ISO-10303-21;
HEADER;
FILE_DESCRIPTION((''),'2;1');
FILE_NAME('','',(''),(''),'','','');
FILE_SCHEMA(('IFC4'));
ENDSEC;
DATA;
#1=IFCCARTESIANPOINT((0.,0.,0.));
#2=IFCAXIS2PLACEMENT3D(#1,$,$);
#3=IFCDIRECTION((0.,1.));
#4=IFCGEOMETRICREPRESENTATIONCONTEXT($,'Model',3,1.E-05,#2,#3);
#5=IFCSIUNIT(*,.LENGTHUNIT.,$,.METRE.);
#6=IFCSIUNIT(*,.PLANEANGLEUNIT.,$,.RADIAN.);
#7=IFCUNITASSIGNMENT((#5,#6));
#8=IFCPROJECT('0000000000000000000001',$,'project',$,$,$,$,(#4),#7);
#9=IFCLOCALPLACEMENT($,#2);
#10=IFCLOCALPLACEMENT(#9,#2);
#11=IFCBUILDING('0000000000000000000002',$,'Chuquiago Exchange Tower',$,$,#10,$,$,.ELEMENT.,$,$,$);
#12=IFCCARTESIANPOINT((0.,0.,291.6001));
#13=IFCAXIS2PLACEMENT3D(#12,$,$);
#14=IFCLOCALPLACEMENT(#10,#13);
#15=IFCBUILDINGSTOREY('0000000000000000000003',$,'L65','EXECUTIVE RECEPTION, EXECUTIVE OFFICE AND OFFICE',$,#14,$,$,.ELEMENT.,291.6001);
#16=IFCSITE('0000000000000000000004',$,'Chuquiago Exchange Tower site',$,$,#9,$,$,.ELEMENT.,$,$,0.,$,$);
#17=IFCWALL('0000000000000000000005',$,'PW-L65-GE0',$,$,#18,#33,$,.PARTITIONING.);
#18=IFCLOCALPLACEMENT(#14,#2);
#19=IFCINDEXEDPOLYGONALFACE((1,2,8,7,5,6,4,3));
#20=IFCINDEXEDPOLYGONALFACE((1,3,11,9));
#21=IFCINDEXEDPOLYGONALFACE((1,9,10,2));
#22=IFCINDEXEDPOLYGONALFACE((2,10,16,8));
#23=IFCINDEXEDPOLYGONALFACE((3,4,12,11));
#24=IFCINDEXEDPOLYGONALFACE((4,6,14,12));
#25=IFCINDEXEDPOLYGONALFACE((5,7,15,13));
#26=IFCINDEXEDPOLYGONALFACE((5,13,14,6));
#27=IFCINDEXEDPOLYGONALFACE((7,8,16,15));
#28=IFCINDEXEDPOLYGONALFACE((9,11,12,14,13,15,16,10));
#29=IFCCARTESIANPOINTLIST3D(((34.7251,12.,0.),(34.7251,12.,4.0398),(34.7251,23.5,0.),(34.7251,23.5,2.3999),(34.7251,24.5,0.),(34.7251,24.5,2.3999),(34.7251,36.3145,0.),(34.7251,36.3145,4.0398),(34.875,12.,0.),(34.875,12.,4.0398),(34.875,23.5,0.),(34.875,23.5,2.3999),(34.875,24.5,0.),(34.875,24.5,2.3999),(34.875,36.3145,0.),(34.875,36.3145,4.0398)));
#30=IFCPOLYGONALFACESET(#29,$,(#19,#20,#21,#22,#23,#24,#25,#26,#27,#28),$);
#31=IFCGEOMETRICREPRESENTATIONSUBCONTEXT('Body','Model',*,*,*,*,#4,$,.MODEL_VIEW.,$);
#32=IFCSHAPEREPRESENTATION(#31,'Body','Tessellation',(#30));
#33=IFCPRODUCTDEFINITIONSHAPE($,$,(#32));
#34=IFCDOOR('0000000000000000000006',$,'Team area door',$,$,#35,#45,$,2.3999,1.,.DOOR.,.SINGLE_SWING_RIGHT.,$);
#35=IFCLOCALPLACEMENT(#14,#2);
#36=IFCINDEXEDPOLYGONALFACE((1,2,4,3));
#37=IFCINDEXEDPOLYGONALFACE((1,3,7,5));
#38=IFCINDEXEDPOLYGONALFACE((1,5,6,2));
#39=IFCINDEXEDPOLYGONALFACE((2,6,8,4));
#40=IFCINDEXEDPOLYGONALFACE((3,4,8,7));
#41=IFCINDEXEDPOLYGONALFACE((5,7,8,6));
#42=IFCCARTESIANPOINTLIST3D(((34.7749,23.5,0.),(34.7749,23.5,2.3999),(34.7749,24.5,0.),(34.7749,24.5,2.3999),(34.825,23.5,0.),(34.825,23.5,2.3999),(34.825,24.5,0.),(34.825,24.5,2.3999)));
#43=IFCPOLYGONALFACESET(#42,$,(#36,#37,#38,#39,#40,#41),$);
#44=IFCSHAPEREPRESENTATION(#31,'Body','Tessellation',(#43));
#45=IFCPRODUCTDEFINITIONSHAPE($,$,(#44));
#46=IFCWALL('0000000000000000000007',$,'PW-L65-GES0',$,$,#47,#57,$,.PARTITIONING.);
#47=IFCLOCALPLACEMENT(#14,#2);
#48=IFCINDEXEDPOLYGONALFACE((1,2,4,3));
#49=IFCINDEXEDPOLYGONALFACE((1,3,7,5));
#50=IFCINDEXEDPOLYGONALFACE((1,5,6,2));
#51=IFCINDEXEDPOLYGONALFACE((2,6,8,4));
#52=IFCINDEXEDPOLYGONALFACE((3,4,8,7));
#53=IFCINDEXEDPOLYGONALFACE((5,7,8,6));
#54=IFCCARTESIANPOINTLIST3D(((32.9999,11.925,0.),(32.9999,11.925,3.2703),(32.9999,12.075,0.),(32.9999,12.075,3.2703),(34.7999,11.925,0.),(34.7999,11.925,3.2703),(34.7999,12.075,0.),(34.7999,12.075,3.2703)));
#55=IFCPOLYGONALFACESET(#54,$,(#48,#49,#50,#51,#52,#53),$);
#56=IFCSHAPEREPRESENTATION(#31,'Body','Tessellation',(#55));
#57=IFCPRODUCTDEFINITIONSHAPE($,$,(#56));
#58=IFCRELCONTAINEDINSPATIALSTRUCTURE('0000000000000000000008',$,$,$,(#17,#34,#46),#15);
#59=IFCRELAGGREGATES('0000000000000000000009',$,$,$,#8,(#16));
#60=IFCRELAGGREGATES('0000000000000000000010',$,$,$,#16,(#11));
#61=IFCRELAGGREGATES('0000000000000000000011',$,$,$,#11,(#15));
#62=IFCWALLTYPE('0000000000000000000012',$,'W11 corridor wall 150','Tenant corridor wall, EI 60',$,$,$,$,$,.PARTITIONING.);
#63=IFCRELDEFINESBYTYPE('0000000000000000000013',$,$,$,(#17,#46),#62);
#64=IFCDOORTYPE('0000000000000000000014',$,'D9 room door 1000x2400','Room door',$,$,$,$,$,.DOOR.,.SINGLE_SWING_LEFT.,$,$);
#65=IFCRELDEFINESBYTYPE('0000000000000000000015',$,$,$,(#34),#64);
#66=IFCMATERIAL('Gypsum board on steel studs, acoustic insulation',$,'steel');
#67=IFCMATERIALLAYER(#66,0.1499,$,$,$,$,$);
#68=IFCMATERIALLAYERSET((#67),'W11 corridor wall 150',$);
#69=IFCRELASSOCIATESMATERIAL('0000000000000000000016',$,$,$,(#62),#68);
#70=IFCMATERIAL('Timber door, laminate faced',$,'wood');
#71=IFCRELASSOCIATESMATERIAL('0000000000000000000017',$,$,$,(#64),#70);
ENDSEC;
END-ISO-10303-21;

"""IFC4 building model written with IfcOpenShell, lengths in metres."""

from ifc_helpers import new_model, si_unit, direction, frame, frame_2d, origin, place, context, subcontext, project, spatial, rectangle, extrude, material, layer, layer_set, type_object, element, fill, save


model = new_model("IFC4")

# Units and contexts
model_context = context("Model", 3, precision=1e-05, world=origin(), true_north=direction((0.0, 1.0)))
body_context = subcontext(model_context, "Body", "Model", "MODEL_VIEW")
ifc_project = project(units=[si_unit("LENGTHUNIT", "METRE"), si_unit("PLANEANGLEUNIT", "RADIAN")], contexts=[model_context])

# Site, building, storey
site_placement = place(None, origin())
site = spatial("IfcSite", under=ifc_project, at=site_placement, Name="Chuquiago Exchange Tower site", CompositionType="ELEMENT", RefElevation=0.0)
building_placement = place(site_placement, origin())
building = spatial("IfcBuilding", under=site, at=building_placement, Name="Chuquiago Exchange Tower", CompositionType="ELEMENT")
storey_placement = place(building_placement, frame((0.0, 0.0, 291.6001)))
storey = spatial("IfcBuildingStorey", under=building, at=storey_placement, Name="L65", Description="EXECUTIVE RECEPTION, EXECUTIVE OFFICE AND OFFICE", CompositionType="ELEMENT", Elevation=291.6001)

# Wall, opening, door
ifc_material_1 = material(Name="Gypsum board on steel studs, acoustic insulation", Category="steel")
ifc_layer_1 = layer(ifc_material_1, 0.1499)
ifc_layer_set_1 = layer_set([ifc_layer_1], Name="W11 corridor wall 150")
wall_type_1 = type_object("IfcWallType", Name="W11 corridor wall 150", Description="Tenant corridor wall, EI 60", PredefinedType="PARTITIONING", material=ifc_layer_set_1)
wall_1_placement = place(storey_placement, frame((34.8, 12.0, 0.0), z_axis=(0.0, 0.0, 1.0), x_axis=(0.0, 1.0, 0.0)))
wall_1 = element("IfcWall", 1, at=wall_1_placement, inside=storey, type_object=wall_type_1, Name="PW-L65-GE0", PredefinedType="PARTITIONING", context=body_context, shape_type="SweptSolid", body=[
    extrude(rectangle(XDim=24.3145, YDim=0.1499, at=frame_2d((12.1572, 0.0))), origin(), (0.0, 0.0, 1.0), 4.0398),
])
opening_1_placement = place(wall_1_placement, frame((11.5, 0.0, 0.0)))
opening_1 = element("IfcOpeningElement", 2, at=opening_1_placement, cuts=wall_1, PredefinedType="OPENING", context=body_context, shape_type="SweptSolid", body=[
    extrude(rectangle(XDim=1.0, YDim=2.3999, at=frame_2d((0.5, 1.2))), frame((0.0, 0.085, 0.0), z_axis=(0.0, -1.0, 0.0), x_axis=(1.0, 0.0, 0.0)), (0.0, 0.0, 1.0), 0.1699),
])
ifc_material_2 = material(Name="Timber door, laminate faced", Category="wood")
door_type_1 = type_object("IfcDoorType", Name="D9 room door 1000x2400", Description="Room door", OperationType="SINGLE_SWING_LEFT", PredefinedType="DOOR", material=ifc_material_2)
door_1_placement = place(opening_1_placement, frame((1.0, 0.0, 0.0), z_axis=(0.0, 0.0, 1.0), x_axis=(-1.0, 0.0, 0.0)))
door_1 = element("IfcDoor", 3, at=door_1_placement, inside=storey, type_object=door_type_1, Name="Team area door", OperationType="SINGLE_SWING_RIGHT", OverallHeight=2.3999, OverallWidth=1.0, PredefinedType="DOOR", context=body_context, shape_type="SweptSolid", body=[
    extrude(rectangle(XDim=1.0, YDim=2.3999, at=frame_2d((0.5, 1.2))), frame((0.0, 0.0249, 0.0), z_axis=(0.0, -1.0, 0.0), x_axis=(1.0, 0.0, 0.0)), (0.0, 0.0, 1.0), 0.05),
])
fill(opening_1, door_1)

# Wall
wall_2_placement = place(storey_placement, frame((33.0, 12.0, 0.0), z_axis=(0.0, 0.0, 1.0), x_axis=(1.0, 0.0, 0.0)))
element("IfcWall", 4, at=wall_2_placement, inside=storey, type_object=wall_type_1, Name="PW-L65-GES0", PredefinedType="PARTITIONING", context=body_context, shape_type="SweptSolid", body=[
    extrude(rectangle(XDim=1.8, YDim=0.1499, at=frame_2d((0.8999, 0.0))), origin(), (0.0, 0.0, 1.0), 3.2703),
])

save(model, "model.ifc")
